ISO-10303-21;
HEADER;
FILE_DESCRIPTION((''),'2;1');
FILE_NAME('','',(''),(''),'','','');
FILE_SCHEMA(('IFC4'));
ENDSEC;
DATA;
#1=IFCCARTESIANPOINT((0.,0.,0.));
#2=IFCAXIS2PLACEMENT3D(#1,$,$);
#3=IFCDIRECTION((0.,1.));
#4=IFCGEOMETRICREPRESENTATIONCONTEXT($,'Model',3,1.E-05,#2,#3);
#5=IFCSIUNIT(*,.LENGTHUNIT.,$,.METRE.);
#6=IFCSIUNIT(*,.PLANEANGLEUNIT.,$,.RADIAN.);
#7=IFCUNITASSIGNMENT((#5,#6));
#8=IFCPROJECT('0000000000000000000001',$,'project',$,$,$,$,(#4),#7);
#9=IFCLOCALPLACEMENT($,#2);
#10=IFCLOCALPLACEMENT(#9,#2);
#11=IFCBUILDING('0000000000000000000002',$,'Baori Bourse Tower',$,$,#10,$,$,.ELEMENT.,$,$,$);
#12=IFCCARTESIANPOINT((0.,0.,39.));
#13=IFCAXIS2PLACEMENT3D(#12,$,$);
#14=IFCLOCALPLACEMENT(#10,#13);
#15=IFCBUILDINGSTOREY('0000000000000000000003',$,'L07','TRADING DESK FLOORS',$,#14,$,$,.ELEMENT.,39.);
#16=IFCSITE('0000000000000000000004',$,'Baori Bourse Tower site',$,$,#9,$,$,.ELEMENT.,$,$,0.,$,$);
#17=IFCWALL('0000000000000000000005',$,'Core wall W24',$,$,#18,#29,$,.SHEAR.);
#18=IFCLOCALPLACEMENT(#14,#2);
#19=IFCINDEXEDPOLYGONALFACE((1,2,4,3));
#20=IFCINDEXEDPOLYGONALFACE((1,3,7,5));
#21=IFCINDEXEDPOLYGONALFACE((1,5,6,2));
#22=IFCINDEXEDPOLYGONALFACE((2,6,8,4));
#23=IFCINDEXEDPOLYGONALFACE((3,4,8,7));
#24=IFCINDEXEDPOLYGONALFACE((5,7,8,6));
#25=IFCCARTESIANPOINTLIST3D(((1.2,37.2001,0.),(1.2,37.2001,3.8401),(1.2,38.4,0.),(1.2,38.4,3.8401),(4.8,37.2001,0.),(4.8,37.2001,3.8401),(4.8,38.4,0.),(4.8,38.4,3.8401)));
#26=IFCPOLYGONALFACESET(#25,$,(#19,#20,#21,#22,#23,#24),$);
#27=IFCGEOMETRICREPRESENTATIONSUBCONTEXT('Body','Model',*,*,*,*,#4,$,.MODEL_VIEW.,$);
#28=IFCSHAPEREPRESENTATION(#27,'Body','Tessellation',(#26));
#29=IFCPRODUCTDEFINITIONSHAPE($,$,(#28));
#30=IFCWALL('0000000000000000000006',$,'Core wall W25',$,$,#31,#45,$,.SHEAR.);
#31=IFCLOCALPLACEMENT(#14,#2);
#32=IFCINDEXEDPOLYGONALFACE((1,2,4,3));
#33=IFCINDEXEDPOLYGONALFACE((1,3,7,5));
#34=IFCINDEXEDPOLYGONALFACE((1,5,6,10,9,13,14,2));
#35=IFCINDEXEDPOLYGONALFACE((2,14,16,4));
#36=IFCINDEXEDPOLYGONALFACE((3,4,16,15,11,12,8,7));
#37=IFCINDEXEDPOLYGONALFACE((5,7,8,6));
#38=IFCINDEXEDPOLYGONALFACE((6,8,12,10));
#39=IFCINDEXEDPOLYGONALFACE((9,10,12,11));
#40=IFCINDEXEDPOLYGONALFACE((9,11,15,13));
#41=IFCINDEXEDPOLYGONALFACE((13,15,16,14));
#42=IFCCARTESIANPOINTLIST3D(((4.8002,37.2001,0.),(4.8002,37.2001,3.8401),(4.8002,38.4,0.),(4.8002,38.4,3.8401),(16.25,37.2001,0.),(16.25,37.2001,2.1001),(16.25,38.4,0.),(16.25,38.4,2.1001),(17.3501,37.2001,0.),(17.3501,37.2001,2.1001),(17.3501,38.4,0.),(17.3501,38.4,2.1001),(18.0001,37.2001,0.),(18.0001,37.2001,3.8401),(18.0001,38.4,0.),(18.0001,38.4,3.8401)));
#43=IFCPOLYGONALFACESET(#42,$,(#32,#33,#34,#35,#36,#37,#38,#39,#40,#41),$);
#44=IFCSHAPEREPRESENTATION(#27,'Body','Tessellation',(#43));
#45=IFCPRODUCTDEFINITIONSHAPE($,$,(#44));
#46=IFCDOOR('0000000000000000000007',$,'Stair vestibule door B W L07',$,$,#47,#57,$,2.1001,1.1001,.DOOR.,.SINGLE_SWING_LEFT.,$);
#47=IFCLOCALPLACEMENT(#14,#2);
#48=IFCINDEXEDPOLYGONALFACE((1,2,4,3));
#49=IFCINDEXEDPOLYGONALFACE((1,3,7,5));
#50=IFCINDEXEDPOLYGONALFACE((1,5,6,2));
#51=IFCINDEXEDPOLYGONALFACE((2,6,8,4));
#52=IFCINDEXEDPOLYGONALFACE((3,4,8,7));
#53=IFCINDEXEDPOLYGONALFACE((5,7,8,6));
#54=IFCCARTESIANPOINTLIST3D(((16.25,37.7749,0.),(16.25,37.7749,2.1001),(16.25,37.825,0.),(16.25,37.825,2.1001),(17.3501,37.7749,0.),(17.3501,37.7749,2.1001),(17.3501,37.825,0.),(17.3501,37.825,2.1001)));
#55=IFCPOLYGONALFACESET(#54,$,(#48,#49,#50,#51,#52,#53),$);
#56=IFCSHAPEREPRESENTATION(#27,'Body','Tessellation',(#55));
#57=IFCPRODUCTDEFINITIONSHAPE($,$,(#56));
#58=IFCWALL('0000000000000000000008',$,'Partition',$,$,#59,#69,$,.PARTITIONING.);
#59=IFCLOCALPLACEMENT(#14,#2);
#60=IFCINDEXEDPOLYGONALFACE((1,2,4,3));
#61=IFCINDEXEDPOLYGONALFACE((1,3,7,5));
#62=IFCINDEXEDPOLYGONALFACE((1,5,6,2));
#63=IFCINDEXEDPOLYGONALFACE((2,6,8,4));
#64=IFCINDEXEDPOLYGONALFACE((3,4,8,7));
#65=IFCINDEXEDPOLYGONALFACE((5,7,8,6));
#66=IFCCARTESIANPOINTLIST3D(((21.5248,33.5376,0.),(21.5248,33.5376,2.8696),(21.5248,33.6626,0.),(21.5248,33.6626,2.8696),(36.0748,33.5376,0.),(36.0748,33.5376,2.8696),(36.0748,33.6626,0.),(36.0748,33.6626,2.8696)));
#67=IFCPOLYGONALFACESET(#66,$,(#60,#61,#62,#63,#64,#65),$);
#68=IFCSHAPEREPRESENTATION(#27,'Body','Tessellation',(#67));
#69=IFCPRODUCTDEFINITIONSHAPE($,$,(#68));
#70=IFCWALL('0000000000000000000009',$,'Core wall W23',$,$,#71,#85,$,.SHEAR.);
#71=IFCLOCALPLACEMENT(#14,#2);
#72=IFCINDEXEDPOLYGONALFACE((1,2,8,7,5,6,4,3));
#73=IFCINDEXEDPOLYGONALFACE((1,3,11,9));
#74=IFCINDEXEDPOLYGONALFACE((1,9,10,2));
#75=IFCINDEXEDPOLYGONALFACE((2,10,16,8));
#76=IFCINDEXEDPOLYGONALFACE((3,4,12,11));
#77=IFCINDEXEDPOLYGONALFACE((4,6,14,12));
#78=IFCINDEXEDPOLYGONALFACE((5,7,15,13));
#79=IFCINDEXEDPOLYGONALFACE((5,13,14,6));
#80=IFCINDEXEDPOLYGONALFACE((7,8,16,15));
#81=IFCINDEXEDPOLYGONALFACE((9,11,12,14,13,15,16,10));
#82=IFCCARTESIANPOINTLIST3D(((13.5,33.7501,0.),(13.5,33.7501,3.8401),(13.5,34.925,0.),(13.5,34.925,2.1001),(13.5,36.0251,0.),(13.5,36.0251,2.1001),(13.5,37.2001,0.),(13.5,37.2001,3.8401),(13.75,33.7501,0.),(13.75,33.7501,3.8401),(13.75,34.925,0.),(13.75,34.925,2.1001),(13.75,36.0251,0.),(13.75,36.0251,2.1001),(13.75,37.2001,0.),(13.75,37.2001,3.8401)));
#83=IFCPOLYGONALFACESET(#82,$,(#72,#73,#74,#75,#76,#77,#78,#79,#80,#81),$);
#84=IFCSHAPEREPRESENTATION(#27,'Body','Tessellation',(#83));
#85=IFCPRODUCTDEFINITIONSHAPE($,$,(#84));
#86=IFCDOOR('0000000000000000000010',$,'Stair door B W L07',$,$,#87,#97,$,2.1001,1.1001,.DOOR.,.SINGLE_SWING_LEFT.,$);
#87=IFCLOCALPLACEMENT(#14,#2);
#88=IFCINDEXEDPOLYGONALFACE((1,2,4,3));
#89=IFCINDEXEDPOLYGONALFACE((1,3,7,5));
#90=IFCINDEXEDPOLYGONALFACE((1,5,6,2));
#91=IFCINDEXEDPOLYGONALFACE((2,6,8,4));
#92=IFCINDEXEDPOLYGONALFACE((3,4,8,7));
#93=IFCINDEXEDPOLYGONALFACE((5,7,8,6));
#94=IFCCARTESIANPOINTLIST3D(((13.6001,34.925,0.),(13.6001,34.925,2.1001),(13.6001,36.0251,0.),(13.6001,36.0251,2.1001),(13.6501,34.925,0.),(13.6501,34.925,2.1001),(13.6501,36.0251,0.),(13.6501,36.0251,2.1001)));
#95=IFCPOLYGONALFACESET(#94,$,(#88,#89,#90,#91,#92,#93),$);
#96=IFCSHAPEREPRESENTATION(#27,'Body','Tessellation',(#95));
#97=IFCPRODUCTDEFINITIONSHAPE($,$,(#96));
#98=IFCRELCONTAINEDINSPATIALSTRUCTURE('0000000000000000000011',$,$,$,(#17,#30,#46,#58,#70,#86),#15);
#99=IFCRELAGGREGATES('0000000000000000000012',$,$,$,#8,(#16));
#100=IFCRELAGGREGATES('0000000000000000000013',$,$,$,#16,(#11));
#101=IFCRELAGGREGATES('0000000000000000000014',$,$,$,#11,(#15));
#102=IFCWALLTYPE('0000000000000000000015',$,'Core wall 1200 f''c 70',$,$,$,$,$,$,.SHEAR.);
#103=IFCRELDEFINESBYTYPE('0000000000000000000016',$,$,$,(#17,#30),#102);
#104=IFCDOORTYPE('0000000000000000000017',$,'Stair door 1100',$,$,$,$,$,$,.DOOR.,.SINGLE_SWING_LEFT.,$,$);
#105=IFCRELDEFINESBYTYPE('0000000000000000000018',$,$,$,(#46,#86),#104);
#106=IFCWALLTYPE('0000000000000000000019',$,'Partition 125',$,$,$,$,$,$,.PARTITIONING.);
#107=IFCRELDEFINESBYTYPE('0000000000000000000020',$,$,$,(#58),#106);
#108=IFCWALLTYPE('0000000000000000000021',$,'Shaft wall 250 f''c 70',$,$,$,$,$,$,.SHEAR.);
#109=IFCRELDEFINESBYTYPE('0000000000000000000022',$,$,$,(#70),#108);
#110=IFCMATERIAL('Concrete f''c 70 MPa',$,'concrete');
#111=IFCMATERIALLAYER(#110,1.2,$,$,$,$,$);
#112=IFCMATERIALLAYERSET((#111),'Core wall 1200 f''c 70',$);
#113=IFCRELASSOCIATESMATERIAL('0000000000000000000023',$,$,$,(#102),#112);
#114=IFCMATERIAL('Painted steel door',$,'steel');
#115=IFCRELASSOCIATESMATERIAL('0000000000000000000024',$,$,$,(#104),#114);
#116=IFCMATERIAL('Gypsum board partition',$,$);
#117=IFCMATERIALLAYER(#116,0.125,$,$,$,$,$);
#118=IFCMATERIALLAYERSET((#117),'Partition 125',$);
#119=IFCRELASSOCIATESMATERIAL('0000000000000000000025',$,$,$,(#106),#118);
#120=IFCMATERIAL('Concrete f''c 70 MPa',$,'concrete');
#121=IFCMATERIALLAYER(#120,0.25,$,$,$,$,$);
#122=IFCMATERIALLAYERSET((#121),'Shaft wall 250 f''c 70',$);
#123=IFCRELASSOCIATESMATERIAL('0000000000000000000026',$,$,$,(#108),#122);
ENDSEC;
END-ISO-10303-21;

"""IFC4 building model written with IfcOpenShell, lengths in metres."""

from ifc_helpers import new_model, si_unit, direction, frame, frame_2d, origin, place, context, subcontext, project, spatial, rectangle, extrude, material, layer, layer_set, type_object, element, fill, save


model = new_model("IFC4")

# Units and contexts
model_context = context("Model", 3, precision=1e-05, world=origin(), true_north=direction((0.0, 1.0)))
body_context = subcontext(model_context, "Body", "Model", "MODEL_VIEW")
ifc_project = project(units=[si_unit("LENGTHUNIT", "METRE"), si_unit("PLANEANGLEUNIT", "RADIAN")], contexts=[model_context])

# Site, building, storey
site_placement = place(None, origin())
site = spatial("IfcSite", under=ifc_project, at=site_placement, Name="Baori Bourse Tower site", CompositionType="ELEMENT", RefElevation=0.0)
building_placement = place(site_placement, origin())
building = spatial("IfcBuilding", under=site, at=building_placement, Name="Baori Bourse Tower", CompositionType="ELEMENT")
storey_placement = place(building_placement, frame((0.0, 0.0, 39.0)))
storey = spatial("IfcBuildingStorey", under=building, at=storey_placement, Name="L07", Description="TRADING DESK FLOORS", CompositionType="ELEMENT", Elevation=39.0)

# Wall
ifc_material_1 = material(Name="Concrete f'c 70 MPa", Category="concrete")
ifc_layer_1 = layer(ifc_material_1, 1.2)
ifc_layer_set_1 = layer_set([ifc_layer_1], Name="Core wall 1200 f'c 70")
wall_type_1 = type_object("IfcWallType", Name="Core wall 1200 f'c 70", PredefinedType="SHEAR", material=ifc_layer_set_1)
wall_1_placement = place(storey_placement, frame((1.2, 37.8, 0.0), z_axis=(0.0, 0.0, 1.0), x_axis=(1.0, 0.0, 0.0)))
element("IfcWall", 1, at=wall_1_placement, inside=storey, type_object=wall_type_1, Name="Core wall W24", PredefinedType="SHEAR", context=body_context, shape_type="SweptSolid", body=[
    extrude(rectangle(XDim=3.6001, YDim=1.2, at=frame_2d((1.8, 0.0))), origin(), (0.0, 0.0, 1.0), 3.8401),
])

# Wall, opening, door
wall_2_placement = place(storey_placement, frame((4.8, 37.8, 0.0), z_axis=(0.0, 0.0, 1.0), x_axis=(1.0, 0.0, 0.0)))
wall_2 = element("IfcWall", 2, at=wall_2_placement, inside=storey, type_object=wall_type_1, Name="Core wall W25", PredefinedType="SHEAR", context=body_context, shape_type="SweptSolid", body=[
    extrude(rectangle(XDim=13.2, YDim=1.2, at=frame_2d((6.6001, 0.0))), origin(), (0.0, 0.0, 1.0), 3.8401),
])
opening_1_placement = place(wall_2_placement, frame((11.45, 0.0, 0.0)))
opening_1 = element("IfcOpeningElement", 3, at=opening_1_placement, cuts=wall_2, PredefinedType="OPENING", context=body_context, shape_type="SweptSolid", body=[
    extrude(rectangle(XDim=1.1001, YDim=2.1001, at=frame_2d((0.55, 1.05))), frame((0.0, 0.6099, 0.0), z_axis=(0.0, -1.0, 0.0), x_axis=(1.0, 0.0, 0.0)), (0.0, 0.0, 1.0), 1.22),
])
ifc_material_2 = material(Name="Painted steel door", Category="steel")
door_type_1 = type_object("IfcDoorType", Name="Stair door 1100", OperationType="SINGLE_SWING_LEFT", PredefinedType="DOOR", material=ifc_material_2)
door_1_placement = place(opening_1_placement, origin())
door_1 = element("IfcDoor", 4, at=door_1_placement, inside=storey, type_object=door_type_1, Name="Stair vestibule door B W L07", OperationType="SINGLE_SWING_LEFT", OverallHeight=2.1001, OverallWidth=1.1001, PredefinedType="DOOR", context=body_context, shape_type="SweptSolid", body=[
    extrude(rectangle(XDim=1.1001, YDim=2.1001, at=frame_2d((0.55, 1.05))), frame((0.0, 0.0249, 0.0), z_axis=(0.0, -1.0, 0.0), x_axis=(1.0, 0.0, 0.0)), (0.0, 0.0, 1.0), 0.05),
])
fill(opening_1, door_1)

# Wall
ifc_material_3 = material(Name="Gypsum board partition")
ifc_layer_2 = layer(ifc_material_3, 0.125)
ifc_layer_set_2 = layer_set([ifc_layer_2], Name="Partition 125")
wall_type_2 = type_object("IfcWallType", Name="Partition 125", PredefinedType="PARTITIONING", material=ifc_layer_set_2)
wall_3_placement = place(storey_placement, frame((21.5249, 33.6001, 0.0), z_axis=(0.0, 0.0, 1.0), x_axis=(1.0, 0.0, 0.0)))
element("IfcWall", 5, at=wall_3_placement, inside=storey, type_object=wall_type_2, Name="Partition", PredefinedType="PARTITIONING", context=body_context, shape_type="SweptSolid", body=[
    extrude(rectangle(XDim=14.55, YDim=0.125, at=frame_2d((7.2749, 0.0))), origin(), (0.0, 0.0, 1.0), 2.8696),
])

# Wall, opening, door
ifc_material_4 = material(Name="Concrete f'c 70 MPa", Category="concrete")
ifc_layer_3 = layer(ifc_material_4, 0.25)
ifc_layer_set_3 = layer_set([ifc_layer_3], Name="Shaft wall 250 f'c 70")
wall_type_3 = type_object("IfcWallType", Name="Shaft wall 250 f'c 70", PredefinedType="SHEAR", material=ifc_layer_set_3)
wall_4_placement = place(storey_placement, frame((13.625, 33.75, 0.0), z_axis=(0.0, 0.0, 1.0), x_axis=(0.0, 1.0, 0.0)))
wall_4 = element("IfcWall", 6, at=wall_4_placement, inside=storey, type_object=wall_type_3, Name="Core wall W23", PredefinedType="SHEAR", context=body_context, shape_type="SweptSolid", body=[
    extrude(rectangle(XDim=3.45, YDim=0.25, at=frame_2d((1.7251, 0.0))), origin(), (0.0, 0.0, 1.0), 3.8401),
])
opening_2_placement = place(wall_4_placement, frame((1.175, 0.0, 0.0)))
opening_2 = element("IfcOpeningElement", 7, at=opening_2_placement, cuts=wall_4, PredefinedType="OPENING", context=body_context, shape_type="SweptSolid", body=[
    extrude(rectangle(XDim=1.1001, YDim=2.1001, at=frame_2d((0.55, 1.05))), frame((0.0, 0.135, 0.0), z_axis=(0.0, -1.0, 0.0), x_axis=(1.0, 0.0, 0.0)), (0.0, 0.0, 1.0), 0.27),
])
door_2_placement = place(opening_2_placement, origin())
door_2 = element("IfcDoor", 8, at=door_2_placement, inside=storey, type_object=door_type_1, Name="Stair door B W L07", OperationType="SINGLE_SWING_LEFT", OverallHeight=2.1001, OverallWidth=1.1001, PredefinedType="DOOR", context=body_context, shape_type="SweptSolid", body=[
    extrude(rectangle(XDim=1.1001, YDim=2.1001, at=frame_2d((0.55, 1.05))), frame((0.0, 0.0249, 0.0), z_axis=(0.0, -1.0, 0.0), x_axis=(1.0, 0.0, 0.0)), (0.0, 0.0, 1.0), 0.05),
])
fill(opening_2, door_2)

save(model, "model.ifc")
